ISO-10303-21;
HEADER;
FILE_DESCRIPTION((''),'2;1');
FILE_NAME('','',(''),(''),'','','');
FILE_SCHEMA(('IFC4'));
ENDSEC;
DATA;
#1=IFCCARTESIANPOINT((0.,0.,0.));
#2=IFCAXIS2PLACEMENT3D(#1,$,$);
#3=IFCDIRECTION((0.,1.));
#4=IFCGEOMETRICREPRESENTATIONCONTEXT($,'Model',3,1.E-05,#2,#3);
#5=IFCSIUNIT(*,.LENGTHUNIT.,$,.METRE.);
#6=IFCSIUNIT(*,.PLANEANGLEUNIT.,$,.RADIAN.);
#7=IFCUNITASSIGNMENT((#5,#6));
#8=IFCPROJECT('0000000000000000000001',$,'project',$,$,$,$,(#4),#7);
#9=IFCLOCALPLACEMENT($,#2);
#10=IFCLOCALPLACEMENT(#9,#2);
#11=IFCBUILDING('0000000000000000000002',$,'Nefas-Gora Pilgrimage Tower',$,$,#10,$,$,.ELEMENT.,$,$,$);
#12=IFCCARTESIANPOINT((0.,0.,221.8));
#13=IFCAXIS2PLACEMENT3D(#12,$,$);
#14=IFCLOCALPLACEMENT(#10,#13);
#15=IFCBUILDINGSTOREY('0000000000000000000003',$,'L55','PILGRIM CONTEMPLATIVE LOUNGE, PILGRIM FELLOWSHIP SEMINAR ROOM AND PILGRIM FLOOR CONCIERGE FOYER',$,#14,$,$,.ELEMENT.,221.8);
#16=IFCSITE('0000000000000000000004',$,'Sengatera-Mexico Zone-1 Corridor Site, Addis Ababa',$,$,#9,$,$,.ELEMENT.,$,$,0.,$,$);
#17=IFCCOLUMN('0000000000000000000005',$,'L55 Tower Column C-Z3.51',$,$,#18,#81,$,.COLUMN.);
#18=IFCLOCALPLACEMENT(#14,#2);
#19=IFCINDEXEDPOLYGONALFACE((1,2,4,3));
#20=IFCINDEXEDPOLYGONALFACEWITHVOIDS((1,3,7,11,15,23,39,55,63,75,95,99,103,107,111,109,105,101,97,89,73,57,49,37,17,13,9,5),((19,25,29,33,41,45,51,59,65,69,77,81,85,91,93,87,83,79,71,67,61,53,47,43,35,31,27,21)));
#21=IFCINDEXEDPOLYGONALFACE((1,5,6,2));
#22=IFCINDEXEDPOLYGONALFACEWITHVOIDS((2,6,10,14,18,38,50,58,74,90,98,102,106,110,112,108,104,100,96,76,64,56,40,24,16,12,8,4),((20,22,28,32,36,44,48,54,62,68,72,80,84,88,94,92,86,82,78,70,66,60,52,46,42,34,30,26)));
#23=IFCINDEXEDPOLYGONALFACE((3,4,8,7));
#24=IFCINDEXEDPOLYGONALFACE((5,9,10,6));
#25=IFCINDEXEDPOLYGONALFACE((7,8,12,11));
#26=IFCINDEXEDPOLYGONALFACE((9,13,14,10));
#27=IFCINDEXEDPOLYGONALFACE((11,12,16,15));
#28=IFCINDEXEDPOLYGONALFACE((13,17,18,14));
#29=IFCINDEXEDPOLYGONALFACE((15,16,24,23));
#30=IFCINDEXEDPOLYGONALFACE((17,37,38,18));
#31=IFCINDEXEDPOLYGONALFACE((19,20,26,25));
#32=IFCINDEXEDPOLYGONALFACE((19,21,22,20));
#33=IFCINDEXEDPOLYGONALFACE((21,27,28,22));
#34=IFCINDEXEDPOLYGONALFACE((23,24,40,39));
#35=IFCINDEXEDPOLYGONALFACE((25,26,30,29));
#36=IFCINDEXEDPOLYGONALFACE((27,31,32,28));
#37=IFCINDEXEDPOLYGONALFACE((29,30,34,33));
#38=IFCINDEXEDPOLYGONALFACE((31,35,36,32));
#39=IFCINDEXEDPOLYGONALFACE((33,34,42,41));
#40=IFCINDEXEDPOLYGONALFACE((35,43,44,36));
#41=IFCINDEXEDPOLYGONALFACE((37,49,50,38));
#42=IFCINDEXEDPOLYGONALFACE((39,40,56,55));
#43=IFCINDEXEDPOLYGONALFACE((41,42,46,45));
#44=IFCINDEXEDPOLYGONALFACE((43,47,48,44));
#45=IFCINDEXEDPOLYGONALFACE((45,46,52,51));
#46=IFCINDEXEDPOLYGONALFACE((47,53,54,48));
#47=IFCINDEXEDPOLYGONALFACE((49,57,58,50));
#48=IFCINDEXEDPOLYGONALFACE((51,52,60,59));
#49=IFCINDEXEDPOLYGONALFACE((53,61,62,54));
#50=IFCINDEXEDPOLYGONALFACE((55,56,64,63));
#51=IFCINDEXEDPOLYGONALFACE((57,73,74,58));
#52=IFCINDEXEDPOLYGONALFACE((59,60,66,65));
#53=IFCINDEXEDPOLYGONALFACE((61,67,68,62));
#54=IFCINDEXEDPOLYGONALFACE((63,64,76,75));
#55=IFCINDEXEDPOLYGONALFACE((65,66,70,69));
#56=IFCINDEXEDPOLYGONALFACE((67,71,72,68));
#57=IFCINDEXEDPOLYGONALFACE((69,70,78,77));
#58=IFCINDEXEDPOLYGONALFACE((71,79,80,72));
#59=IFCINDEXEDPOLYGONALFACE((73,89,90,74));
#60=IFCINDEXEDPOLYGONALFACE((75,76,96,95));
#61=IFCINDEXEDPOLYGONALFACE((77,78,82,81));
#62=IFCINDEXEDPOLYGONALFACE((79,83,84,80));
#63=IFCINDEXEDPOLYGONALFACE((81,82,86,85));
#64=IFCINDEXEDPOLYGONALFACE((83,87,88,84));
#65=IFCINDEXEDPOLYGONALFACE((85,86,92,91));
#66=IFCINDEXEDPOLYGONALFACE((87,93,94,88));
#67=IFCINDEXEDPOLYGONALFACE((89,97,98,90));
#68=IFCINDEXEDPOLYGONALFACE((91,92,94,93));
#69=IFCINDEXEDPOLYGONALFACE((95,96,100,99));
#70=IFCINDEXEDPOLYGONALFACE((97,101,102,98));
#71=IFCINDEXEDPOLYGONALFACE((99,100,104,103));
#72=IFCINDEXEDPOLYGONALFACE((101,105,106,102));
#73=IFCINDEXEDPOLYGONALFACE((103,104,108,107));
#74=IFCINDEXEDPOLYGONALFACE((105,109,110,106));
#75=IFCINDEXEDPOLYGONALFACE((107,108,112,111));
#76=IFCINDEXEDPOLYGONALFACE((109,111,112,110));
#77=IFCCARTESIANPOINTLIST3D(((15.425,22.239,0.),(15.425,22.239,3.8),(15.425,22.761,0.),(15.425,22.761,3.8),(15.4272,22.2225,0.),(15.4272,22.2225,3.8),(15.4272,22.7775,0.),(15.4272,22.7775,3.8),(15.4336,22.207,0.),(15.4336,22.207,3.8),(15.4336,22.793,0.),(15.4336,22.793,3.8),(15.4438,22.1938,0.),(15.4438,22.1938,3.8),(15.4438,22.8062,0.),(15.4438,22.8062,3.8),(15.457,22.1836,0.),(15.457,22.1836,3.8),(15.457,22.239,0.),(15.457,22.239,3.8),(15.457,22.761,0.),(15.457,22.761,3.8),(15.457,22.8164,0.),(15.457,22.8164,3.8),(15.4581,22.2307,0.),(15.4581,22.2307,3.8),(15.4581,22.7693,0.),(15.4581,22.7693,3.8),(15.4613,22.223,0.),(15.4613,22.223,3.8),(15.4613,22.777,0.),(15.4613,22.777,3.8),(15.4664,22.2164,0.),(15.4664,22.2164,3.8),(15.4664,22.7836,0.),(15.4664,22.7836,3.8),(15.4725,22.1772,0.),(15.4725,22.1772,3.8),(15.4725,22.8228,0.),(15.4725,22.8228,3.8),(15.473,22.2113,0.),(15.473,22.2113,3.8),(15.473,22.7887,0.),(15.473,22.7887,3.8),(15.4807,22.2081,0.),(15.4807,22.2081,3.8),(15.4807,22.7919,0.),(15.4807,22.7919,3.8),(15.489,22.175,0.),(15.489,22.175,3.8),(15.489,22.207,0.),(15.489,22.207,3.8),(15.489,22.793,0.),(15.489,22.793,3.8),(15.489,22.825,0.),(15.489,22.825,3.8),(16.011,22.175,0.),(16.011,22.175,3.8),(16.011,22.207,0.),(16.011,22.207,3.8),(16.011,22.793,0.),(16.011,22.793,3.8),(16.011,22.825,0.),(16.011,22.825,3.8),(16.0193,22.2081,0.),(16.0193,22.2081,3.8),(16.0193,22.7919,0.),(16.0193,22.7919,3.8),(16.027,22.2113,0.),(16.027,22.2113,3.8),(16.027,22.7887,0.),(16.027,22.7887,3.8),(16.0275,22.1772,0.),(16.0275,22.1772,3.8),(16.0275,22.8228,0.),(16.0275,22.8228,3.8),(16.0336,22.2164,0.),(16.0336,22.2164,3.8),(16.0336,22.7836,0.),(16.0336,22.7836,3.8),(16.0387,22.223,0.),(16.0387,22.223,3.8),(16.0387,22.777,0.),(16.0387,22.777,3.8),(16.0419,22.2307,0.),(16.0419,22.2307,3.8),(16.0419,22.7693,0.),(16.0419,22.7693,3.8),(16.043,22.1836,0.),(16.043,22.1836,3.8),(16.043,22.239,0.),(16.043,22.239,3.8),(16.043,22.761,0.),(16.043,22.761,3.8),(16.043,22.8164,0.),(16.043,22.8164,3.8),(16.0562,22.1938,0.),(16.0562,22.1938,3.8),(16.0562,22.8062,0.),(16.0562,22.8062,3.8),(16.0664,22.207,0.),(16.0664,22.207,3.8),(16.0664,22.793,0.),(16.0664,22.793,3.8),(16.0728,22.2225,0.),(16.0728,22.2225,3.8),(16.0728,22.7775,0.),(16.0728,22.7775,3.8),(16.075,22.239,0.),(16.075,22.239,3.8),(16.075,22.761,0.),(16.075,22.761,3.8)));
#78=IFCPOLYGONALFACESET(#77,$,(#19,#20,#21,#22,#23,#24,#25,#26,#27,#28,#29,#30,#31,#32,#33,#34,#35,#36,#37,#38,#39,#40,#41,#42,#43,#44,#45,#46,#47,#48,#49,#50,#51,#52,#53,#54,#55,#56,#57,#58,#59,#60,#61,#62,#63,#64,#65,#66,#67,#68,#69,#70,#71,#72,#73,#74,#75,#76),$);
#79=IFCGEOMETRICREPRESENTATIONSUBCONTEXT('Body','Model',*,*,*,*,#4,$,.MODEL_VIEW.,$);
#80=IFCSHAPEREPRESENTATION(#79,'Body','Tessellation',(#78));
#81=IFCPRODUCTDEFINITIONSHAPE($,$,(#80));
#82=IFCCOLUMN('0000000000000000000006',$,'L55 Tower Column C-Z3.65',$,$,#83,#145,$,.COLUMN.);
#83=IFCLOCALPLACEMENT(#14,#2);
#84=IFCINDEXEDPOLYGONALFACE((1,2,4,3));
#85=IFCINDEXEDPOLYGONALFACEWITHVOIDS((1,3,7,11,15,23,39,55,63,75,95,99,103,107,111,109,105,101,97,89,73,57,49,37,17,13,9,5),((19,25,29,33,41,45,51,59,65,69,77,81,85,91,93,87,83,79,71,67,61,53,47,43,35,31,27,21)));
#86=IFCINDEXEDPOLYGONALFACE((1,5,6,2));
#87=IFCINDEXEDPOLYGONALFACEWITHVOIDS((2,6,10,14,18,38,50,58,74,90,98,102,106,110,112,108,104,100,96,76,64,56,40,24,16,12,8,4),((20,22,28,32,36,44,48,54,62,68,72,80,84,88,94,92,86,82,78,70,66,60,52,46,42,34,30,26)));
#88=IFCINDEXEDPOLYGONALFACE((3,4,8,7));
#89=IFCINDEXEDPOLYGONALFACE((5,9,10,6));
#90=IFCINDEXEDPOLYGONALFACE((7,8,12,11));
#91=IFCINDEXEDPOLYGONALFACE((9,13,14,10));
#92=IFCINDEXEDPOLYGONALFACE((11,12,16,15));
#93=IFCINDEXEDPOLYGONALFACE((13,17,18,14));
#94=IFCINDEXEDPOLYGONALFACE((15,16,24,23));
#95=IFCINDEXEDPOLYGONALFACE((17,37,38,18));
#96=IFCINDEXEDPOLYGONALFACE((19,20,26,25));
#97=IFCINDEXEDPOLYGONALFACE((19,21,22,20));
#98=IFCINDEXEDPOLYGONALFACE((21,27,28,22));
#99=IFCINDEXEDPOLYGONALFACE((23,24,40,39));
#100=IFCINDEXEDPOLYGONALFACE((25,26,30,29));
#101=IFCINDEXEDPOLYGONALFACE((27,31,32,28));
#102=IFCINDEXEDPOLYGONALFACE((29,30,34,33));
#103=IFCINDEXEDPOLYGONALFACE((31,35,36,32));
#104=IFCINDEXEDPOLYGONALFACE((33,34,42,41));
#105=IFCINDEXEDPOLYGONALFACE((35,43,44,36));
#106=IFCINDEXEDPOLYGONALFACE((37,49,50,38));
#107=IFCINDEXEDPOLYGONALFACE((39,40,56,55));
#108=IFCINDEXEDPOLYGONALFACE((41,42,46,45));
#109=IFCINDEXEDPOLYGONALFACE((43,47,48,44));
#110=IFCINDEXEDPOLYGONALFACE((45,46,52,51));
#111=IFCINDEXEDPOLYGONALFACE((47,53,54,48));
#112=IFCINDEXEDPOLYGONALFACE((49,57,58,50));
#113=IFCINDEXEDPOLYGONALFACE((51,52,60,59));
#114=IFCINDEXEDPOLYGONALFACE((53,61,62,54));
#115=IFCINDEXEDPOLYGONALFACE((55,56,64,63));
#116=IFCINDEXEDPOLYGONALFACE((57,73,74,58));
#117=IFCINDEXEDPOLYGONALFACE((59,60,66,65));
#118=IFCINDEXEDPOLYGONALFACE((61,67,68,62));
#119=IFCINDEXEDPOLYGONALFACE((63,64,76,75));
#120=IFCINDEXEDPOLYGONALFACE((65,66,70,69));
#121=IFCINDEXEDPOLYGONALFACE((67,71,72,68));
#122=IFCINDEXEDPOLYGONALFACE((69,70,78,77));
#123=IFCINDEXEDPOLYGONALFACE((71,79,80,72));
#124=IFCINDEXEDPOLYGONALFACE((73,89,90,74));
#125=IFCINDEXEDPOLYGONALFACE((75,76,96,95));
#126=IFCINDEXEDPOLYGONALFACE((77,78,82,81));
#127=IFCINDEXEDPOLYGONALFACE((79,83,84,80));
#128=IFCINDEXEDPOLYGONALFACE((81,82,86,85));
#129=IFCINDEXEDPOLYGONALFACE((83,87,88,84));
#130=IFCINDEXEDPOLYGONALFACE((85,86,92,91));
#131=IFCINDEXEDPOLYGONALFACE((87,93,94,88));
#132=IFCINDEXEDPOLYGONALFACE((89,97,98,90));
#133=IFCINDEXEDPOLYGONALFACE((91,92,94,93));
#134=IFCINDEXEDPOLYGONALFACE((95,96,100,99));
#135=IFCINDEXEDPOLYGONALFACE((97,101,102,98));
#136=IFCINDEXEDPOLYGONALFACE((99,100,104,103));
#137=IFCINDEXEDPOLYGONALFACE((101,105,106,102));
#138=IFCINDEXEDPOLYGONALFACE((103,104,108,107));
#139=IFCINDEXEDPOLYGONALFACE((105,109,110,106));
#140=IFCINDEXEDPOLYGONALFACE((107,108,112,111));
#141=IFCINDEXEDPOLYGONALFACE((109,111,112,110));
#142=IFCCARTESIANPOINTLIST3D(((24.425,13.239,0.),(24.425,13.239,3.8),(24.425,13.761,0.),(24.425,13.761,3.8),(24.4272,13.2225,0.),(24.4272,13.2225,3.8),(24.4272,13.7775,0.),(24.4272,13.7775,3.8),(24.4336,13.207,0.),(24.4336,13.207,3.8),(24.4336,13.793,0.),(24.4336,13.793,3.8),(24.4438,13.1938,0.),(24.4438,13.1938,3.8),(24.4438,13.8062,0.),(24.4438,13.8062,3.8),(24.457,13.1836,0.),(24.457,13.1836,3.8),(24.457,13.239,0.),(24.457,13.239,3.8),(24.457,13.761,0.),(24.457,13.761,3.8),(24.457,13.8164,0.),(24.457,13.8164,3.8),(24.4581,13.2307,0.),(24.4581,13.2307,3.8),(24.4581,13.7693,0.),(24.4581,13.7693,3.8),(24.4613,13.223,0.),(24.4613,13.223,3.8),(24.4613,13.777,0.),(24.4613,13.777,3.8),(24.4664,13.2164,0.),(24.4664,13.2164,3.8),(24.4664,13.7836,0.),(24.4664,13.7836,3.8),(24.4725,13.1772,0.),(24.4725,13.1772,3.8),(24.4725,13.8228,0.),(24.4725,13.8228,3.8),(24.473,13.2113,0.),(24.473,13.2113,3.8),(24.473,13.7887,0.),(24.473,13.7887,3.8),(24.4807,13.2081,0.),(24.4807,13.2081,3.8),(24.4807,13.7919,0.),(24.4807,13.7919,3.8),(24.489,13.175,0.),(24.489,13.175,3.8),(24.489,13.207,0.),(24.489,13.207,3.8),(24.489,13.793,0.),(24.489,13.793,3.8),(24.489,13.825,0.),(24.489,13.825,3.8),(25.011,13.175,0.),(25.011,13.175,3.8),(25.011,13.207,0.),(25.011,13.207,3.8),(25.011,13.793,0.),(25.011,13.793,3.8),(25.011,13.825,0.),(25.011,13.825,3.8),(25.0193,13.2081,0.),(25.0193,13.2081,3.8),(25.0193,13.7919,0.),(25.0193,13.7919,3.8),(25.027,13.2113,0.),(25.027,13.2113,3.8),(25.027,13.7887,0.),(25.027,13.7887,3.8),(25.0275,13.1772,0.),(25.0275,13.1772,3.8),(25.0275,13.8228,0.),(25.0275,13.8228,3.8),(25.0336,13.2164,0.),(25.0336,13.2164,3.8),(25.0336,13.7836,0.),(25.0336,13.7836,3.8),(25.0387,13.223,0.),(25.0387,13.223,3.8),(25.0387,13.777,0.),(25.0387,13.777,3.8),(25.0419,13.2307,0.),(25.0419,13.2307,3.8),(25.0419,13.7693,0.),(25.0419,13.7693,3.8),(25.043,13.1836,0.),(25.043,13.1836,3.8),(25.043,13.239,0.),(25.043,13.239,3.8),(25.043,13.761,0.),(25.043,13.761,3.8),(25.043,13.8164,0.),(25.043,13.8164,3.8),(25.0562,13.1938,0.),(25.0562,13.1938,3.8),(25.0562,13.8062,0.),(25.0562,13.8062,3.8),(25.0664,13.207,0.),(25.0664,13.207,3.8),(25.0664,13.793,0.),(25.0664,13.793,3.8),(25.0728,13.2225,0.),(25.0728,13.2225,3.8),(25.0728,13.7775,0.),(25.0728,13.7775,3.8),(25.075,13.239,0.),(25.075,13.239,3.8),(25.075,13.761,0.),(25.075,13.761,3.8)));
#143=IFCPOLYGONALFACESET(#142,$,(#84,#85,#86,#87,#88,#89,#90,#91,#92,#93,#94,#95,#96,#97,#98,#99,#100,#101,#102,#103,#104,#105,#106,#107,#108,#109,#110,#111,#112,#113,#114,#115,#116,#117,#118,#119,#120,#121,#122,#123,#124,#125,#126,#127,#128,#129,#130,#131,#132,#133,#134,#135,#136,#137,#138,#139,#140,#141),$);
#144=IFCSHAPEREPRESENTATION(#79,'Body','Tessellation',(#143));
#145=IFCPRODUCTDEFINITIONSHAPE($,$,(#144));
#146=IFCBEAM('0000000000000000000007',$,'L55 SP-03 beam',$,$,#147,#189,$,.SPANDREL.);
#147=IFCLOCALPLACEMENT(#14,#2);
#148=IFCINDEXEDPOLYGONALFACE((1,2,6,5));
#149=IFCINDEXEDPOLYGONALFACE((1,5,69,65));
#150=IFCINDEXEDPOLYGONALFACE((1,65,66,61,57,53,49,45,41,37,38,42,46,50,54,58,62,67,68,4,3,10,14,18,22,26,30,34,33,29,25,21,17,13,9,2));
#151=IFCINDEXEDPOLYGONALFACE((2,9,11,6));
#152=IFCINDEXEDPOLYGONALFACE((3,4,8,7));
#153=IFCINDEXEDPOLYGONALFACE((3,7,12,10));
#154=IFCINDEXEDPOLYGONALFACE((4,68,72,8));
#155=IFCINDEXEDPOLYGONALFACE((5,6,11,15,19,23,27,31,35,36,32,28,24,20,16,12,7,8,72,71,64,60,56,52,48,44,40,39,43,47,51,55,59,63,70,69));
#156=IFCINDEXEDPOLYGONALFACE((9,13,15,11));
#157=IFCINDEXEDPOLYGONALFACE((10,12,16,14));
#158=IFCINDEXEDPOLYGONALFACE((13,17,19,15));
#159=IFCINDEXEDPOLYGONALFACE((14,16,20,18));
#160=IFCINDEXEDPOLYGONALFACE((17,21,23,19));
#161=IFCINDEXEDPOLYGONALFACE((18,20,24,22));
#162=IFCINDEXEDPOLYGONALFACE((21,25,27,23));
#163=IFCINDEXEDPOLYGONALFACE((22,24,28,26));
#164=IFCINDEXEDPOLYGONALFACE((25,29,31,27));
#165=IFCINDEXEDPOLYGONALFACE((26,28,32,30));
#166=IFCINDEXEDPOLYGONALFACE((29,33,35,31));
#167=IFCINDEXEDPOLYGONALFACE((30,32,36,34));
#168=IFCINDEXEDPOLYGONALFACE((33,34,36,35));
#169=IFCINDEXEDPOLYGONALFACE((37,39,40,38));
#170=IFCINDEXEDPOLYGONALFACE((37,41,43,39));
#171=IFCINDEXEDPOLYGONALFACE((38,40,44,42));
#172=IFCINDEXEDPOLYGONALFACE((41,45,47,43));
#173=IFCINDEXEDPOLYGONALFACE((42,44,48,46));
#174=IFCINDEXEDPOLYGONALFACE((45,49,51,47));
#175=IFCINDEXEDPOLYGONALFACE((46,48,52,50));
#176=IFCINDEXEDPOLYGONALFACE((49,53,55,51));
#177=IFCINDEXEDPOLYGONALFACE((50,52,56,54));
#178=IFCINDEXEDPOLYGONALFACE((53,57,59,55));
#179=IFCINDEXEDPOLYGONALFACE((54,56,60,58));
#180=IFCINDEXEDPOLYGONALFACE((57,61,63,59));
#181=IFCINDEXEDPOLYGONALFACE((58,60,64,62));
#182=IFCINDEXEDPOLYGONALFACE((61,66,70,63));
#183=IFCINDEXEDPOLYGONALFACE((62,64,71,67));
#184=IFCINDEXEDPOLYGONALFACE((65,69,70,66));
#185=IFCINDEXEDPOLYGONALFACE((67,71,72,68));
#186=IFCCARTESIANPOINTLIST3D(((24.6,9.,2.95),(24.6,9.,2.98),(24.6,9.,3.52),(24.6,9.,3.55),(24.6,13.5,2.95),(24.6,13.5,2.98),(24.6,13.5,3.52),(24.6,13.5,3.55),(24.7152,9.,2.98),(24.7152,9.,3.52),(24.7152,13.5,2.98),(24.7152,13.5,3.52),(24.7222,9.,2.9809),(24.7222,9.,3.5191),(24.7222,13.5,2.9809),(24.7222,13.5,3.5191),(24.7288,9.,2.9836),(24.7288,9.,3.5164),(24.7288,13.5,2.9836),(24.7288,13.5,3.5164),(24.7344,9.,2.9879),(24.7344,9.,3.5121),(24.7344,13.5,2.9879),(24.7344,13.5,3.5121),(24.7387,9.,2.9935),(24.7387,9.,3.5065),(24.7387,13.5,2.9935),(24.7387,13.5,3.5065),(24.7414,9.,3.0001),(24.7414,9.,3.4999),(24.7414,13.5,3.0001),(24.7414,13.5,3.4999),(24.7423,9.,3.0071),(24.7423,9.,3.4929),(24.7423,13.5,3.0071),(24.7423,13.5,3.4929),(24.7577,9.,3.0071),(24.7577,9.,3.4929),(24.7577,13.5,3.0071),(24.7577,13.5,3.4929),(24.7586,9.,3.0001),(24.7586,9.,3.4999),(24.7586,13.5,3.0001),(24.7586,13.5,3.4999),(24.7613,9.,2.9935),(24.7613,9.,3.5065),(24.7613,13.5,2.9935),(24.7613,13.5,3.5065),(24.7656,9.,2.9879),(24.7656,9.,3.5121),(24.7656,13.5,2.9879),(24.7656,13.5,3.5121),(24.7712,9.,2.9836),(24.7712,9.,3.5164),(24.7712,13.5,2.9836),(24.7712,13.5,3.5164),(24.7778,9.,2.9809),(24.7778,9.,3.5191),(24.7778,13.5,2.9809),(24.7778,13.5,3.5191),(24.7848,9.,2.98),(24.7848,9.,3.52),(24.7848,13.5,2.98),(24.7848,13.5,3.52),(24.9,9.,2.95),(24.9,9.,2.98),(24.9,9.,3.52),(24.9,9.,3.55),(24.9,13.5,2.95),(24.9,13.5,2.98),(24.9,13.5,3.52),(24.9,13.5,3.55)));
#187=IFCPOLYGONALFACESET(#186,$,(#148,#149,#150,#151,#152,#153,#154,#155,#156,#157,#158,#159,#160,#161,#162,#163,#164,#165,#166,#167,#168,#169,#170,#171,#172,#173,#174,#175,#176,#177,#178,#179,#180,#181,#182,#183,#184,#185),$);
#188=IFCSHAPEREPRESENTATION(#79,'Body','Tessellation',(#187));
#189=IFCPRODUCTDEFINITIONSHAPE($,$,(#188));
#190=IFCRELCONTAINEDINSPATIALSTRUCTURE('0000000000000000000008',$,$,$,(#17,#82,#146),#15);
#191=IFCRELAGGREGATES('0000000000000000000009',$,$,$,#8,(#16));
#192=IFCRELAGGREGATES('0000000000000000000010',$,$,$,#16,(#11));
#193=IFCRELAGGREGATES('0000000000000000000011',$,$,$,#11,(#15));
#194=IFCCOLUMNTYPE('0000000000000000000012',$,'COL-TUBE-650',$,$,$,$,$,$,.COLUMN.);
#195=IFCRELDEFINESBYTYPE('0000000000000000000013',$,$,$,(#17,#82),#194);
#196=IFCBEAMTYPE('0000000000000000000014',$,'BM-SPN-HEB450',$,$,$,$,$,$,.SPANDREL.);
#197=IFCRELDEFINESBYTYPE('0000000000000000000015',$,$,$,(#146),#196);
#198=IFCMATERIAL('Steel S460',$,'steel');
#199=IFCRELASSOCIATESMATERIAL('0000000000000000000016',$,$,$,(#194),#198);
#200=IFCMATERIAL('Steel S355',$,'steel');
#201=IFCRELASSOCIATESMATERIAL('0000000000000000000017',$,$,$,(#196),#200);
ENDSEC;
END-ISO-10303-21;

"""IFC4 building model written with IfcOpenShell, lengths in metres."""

from ifc_helpers import new_model, si_unit, direction, frame, origin, origin_2d, place, context, subcontext, project, spatial, hollow_rectangle, i_section, extrude, source, transform, mapped, material, material_profile, profile_set, type_object, element, save


model = new_model("IFC4")

# Units and contexts
model_context = context("Model", 3, precision=1e-05, world=origin(), true_north=direction((0.0, 1.0)))
body_context = subcontext(model_context, "Body", "Model", "MODEL_VIEW")
ifc_project = project(units=[si_unit("LENGTHUNIT", "METRE"), si_unit("PLANEANGLEUNIT", "RADIAN")], contexts=[model_context])

# Site, building, storey
site_placement = place(None, origin())
site = spatial("IfcSite", under=ifc_project, at=site_placement, Name="Sengatera-Mexico Zone-1 Corridor Site, Addis Ababa", CompositionType="ELEMENT", RefElevation=0.0)
building_placement = place(site_placement, origin())
building = spatial("IfcBuilding", under=site, at=building_placement, Name="Nefas-Gora Pilgrimage Tower", CompositionType="ELEMENT")
storey_placement = place(building_placement, frame((0.0, 0.0, 221.8)))
storey = spatial("IfcBuildingStorey", under=building, at=storey_placement, Name="L55", Description="PILGRIM CONTEMPLATIVE LOUNGE, PILGRIM FELLOWSHIP SEMINAR ROOM AND PILGRIM FLOOR CONCIERGE FOYER", CompositionType="ELEMENT", Elevation=221.8)

# Columns
ifc_material_1 = material(Name="Steel S460", Category="steel")
ifc_material_profile_1 = material_profile(ifc_material_1, hollow_rectangle(XDim=0.6499, YDim=0.6499, WallThickness=0.032, InnerFilletRadius=0.032, OuterFilletRadius=0.064, at=origin_2d()), Name="BOX 650x650x32")
ifc_profile_set_1 = profile_set([ifc_material_profile_1], Name="Steel S460")
column_type_1 = type_object("IfcColumnType", Name="COL-TUBE-650", PredefinedType="COLUMN", material=ifc_profile_set_1)
shared_shape_1 = source(origin(), body_context, "Body", "SweptSolid", [
    extrude(hollow_rectangle(XDim=0.6499, YDim=0.6499, WallThickness=0.032, InnerFilletRadius=0.032, OuterFilletRadius=0.064, at=origin_2d()), origin(), (0.0, 0.0, 1.0), 3.8),
])
for number, where, z_axis, x_axis, name in (
    (1, (15.75, 22.5, 0.0), (0.0, 0.0, 1.0), (1.0, 0.0, 0.0), "L55 Tower Column C-Z3.51"),
    (2, (24.75, 13.5, 0.0), (0.0, 0.0, 1.0), (1.0, 0.0, 0.0), "L55 Tower Column C-Z3.65"),
):
    element("IfcColumn", number, at=place(storey_placement, frame(where, z_axis=z_axis, x_axis=x_axis)), inside=storey, type_object=column_type_1, Name=name, PredefinedType="COLUMN", context=body_context, shape_type="MappedRepresentation", body=[
        mapped(shared_shape_1, transform((0.0, 0.0, 0.0), x_axis=(1.0, 0.0, 0.0), y_axis=(0.0, 1.0, 0.0), z_axis=(0.0, 0.0, 1.0), scale=1.0)),
    ])

# Beam
ifc_material_2 = material(Name="Steel S355", Category="steel")
ifc_material_profile_2 = material_profile(ifc_material_2, i_section(OverallWidth=0.3, OverallDepth=0.6001, WebThickness=0.0154, FlangeThickness=0.03, FilletRadius=0.0271, at=origin_2d()), Name="HEB 600")
ifc_profile_set_2 = profile_set([ifc_material_profile_2], Name="Steel S355")
beam_type_1 = type_object("IfcBeamType", Name="BM-SPN-HEB450", PredefinedType="SPANDREL", material=ifc_profile_set_2)
shared_shape_2 = source(origin(), body_context, "Body", "SweptSolid", [
    extrude(i_section(OverallWidth=0.3, OverallDepth=0.6001, WebThickness=0.0154, FlangeThickness=0.03, FilletRadius=0.0271, at=origin_2d()), origin(), (0.0, 0.0, 1.0), 4.5),
])
beam_1_placement = place(storey_placement, frame((24.75, 9.0, 3.25), z_axis=(0.0, 1.0, 0.0), x_axis=(-1.0, 0.0, 0.0)))
element("IfcBeam", 3, at=beam_1_placement, inside=storey, type_object=beam_type_1, Name="L55 SP-03 beam", PredefinedType="SPANDREL", context=body_context, shape_type="MappedRepresentation", body=[
    mapped(shared_shape_2, transform((0.0, 0.0, 0.0), x_axis=(1.0, 0.0, 0.0), y_axis=(0.0, 1.0, 0.0), z_axis=(0.0, 0.0, 1.0), scale=1.0)),
])

save(model, "model.ifc")
